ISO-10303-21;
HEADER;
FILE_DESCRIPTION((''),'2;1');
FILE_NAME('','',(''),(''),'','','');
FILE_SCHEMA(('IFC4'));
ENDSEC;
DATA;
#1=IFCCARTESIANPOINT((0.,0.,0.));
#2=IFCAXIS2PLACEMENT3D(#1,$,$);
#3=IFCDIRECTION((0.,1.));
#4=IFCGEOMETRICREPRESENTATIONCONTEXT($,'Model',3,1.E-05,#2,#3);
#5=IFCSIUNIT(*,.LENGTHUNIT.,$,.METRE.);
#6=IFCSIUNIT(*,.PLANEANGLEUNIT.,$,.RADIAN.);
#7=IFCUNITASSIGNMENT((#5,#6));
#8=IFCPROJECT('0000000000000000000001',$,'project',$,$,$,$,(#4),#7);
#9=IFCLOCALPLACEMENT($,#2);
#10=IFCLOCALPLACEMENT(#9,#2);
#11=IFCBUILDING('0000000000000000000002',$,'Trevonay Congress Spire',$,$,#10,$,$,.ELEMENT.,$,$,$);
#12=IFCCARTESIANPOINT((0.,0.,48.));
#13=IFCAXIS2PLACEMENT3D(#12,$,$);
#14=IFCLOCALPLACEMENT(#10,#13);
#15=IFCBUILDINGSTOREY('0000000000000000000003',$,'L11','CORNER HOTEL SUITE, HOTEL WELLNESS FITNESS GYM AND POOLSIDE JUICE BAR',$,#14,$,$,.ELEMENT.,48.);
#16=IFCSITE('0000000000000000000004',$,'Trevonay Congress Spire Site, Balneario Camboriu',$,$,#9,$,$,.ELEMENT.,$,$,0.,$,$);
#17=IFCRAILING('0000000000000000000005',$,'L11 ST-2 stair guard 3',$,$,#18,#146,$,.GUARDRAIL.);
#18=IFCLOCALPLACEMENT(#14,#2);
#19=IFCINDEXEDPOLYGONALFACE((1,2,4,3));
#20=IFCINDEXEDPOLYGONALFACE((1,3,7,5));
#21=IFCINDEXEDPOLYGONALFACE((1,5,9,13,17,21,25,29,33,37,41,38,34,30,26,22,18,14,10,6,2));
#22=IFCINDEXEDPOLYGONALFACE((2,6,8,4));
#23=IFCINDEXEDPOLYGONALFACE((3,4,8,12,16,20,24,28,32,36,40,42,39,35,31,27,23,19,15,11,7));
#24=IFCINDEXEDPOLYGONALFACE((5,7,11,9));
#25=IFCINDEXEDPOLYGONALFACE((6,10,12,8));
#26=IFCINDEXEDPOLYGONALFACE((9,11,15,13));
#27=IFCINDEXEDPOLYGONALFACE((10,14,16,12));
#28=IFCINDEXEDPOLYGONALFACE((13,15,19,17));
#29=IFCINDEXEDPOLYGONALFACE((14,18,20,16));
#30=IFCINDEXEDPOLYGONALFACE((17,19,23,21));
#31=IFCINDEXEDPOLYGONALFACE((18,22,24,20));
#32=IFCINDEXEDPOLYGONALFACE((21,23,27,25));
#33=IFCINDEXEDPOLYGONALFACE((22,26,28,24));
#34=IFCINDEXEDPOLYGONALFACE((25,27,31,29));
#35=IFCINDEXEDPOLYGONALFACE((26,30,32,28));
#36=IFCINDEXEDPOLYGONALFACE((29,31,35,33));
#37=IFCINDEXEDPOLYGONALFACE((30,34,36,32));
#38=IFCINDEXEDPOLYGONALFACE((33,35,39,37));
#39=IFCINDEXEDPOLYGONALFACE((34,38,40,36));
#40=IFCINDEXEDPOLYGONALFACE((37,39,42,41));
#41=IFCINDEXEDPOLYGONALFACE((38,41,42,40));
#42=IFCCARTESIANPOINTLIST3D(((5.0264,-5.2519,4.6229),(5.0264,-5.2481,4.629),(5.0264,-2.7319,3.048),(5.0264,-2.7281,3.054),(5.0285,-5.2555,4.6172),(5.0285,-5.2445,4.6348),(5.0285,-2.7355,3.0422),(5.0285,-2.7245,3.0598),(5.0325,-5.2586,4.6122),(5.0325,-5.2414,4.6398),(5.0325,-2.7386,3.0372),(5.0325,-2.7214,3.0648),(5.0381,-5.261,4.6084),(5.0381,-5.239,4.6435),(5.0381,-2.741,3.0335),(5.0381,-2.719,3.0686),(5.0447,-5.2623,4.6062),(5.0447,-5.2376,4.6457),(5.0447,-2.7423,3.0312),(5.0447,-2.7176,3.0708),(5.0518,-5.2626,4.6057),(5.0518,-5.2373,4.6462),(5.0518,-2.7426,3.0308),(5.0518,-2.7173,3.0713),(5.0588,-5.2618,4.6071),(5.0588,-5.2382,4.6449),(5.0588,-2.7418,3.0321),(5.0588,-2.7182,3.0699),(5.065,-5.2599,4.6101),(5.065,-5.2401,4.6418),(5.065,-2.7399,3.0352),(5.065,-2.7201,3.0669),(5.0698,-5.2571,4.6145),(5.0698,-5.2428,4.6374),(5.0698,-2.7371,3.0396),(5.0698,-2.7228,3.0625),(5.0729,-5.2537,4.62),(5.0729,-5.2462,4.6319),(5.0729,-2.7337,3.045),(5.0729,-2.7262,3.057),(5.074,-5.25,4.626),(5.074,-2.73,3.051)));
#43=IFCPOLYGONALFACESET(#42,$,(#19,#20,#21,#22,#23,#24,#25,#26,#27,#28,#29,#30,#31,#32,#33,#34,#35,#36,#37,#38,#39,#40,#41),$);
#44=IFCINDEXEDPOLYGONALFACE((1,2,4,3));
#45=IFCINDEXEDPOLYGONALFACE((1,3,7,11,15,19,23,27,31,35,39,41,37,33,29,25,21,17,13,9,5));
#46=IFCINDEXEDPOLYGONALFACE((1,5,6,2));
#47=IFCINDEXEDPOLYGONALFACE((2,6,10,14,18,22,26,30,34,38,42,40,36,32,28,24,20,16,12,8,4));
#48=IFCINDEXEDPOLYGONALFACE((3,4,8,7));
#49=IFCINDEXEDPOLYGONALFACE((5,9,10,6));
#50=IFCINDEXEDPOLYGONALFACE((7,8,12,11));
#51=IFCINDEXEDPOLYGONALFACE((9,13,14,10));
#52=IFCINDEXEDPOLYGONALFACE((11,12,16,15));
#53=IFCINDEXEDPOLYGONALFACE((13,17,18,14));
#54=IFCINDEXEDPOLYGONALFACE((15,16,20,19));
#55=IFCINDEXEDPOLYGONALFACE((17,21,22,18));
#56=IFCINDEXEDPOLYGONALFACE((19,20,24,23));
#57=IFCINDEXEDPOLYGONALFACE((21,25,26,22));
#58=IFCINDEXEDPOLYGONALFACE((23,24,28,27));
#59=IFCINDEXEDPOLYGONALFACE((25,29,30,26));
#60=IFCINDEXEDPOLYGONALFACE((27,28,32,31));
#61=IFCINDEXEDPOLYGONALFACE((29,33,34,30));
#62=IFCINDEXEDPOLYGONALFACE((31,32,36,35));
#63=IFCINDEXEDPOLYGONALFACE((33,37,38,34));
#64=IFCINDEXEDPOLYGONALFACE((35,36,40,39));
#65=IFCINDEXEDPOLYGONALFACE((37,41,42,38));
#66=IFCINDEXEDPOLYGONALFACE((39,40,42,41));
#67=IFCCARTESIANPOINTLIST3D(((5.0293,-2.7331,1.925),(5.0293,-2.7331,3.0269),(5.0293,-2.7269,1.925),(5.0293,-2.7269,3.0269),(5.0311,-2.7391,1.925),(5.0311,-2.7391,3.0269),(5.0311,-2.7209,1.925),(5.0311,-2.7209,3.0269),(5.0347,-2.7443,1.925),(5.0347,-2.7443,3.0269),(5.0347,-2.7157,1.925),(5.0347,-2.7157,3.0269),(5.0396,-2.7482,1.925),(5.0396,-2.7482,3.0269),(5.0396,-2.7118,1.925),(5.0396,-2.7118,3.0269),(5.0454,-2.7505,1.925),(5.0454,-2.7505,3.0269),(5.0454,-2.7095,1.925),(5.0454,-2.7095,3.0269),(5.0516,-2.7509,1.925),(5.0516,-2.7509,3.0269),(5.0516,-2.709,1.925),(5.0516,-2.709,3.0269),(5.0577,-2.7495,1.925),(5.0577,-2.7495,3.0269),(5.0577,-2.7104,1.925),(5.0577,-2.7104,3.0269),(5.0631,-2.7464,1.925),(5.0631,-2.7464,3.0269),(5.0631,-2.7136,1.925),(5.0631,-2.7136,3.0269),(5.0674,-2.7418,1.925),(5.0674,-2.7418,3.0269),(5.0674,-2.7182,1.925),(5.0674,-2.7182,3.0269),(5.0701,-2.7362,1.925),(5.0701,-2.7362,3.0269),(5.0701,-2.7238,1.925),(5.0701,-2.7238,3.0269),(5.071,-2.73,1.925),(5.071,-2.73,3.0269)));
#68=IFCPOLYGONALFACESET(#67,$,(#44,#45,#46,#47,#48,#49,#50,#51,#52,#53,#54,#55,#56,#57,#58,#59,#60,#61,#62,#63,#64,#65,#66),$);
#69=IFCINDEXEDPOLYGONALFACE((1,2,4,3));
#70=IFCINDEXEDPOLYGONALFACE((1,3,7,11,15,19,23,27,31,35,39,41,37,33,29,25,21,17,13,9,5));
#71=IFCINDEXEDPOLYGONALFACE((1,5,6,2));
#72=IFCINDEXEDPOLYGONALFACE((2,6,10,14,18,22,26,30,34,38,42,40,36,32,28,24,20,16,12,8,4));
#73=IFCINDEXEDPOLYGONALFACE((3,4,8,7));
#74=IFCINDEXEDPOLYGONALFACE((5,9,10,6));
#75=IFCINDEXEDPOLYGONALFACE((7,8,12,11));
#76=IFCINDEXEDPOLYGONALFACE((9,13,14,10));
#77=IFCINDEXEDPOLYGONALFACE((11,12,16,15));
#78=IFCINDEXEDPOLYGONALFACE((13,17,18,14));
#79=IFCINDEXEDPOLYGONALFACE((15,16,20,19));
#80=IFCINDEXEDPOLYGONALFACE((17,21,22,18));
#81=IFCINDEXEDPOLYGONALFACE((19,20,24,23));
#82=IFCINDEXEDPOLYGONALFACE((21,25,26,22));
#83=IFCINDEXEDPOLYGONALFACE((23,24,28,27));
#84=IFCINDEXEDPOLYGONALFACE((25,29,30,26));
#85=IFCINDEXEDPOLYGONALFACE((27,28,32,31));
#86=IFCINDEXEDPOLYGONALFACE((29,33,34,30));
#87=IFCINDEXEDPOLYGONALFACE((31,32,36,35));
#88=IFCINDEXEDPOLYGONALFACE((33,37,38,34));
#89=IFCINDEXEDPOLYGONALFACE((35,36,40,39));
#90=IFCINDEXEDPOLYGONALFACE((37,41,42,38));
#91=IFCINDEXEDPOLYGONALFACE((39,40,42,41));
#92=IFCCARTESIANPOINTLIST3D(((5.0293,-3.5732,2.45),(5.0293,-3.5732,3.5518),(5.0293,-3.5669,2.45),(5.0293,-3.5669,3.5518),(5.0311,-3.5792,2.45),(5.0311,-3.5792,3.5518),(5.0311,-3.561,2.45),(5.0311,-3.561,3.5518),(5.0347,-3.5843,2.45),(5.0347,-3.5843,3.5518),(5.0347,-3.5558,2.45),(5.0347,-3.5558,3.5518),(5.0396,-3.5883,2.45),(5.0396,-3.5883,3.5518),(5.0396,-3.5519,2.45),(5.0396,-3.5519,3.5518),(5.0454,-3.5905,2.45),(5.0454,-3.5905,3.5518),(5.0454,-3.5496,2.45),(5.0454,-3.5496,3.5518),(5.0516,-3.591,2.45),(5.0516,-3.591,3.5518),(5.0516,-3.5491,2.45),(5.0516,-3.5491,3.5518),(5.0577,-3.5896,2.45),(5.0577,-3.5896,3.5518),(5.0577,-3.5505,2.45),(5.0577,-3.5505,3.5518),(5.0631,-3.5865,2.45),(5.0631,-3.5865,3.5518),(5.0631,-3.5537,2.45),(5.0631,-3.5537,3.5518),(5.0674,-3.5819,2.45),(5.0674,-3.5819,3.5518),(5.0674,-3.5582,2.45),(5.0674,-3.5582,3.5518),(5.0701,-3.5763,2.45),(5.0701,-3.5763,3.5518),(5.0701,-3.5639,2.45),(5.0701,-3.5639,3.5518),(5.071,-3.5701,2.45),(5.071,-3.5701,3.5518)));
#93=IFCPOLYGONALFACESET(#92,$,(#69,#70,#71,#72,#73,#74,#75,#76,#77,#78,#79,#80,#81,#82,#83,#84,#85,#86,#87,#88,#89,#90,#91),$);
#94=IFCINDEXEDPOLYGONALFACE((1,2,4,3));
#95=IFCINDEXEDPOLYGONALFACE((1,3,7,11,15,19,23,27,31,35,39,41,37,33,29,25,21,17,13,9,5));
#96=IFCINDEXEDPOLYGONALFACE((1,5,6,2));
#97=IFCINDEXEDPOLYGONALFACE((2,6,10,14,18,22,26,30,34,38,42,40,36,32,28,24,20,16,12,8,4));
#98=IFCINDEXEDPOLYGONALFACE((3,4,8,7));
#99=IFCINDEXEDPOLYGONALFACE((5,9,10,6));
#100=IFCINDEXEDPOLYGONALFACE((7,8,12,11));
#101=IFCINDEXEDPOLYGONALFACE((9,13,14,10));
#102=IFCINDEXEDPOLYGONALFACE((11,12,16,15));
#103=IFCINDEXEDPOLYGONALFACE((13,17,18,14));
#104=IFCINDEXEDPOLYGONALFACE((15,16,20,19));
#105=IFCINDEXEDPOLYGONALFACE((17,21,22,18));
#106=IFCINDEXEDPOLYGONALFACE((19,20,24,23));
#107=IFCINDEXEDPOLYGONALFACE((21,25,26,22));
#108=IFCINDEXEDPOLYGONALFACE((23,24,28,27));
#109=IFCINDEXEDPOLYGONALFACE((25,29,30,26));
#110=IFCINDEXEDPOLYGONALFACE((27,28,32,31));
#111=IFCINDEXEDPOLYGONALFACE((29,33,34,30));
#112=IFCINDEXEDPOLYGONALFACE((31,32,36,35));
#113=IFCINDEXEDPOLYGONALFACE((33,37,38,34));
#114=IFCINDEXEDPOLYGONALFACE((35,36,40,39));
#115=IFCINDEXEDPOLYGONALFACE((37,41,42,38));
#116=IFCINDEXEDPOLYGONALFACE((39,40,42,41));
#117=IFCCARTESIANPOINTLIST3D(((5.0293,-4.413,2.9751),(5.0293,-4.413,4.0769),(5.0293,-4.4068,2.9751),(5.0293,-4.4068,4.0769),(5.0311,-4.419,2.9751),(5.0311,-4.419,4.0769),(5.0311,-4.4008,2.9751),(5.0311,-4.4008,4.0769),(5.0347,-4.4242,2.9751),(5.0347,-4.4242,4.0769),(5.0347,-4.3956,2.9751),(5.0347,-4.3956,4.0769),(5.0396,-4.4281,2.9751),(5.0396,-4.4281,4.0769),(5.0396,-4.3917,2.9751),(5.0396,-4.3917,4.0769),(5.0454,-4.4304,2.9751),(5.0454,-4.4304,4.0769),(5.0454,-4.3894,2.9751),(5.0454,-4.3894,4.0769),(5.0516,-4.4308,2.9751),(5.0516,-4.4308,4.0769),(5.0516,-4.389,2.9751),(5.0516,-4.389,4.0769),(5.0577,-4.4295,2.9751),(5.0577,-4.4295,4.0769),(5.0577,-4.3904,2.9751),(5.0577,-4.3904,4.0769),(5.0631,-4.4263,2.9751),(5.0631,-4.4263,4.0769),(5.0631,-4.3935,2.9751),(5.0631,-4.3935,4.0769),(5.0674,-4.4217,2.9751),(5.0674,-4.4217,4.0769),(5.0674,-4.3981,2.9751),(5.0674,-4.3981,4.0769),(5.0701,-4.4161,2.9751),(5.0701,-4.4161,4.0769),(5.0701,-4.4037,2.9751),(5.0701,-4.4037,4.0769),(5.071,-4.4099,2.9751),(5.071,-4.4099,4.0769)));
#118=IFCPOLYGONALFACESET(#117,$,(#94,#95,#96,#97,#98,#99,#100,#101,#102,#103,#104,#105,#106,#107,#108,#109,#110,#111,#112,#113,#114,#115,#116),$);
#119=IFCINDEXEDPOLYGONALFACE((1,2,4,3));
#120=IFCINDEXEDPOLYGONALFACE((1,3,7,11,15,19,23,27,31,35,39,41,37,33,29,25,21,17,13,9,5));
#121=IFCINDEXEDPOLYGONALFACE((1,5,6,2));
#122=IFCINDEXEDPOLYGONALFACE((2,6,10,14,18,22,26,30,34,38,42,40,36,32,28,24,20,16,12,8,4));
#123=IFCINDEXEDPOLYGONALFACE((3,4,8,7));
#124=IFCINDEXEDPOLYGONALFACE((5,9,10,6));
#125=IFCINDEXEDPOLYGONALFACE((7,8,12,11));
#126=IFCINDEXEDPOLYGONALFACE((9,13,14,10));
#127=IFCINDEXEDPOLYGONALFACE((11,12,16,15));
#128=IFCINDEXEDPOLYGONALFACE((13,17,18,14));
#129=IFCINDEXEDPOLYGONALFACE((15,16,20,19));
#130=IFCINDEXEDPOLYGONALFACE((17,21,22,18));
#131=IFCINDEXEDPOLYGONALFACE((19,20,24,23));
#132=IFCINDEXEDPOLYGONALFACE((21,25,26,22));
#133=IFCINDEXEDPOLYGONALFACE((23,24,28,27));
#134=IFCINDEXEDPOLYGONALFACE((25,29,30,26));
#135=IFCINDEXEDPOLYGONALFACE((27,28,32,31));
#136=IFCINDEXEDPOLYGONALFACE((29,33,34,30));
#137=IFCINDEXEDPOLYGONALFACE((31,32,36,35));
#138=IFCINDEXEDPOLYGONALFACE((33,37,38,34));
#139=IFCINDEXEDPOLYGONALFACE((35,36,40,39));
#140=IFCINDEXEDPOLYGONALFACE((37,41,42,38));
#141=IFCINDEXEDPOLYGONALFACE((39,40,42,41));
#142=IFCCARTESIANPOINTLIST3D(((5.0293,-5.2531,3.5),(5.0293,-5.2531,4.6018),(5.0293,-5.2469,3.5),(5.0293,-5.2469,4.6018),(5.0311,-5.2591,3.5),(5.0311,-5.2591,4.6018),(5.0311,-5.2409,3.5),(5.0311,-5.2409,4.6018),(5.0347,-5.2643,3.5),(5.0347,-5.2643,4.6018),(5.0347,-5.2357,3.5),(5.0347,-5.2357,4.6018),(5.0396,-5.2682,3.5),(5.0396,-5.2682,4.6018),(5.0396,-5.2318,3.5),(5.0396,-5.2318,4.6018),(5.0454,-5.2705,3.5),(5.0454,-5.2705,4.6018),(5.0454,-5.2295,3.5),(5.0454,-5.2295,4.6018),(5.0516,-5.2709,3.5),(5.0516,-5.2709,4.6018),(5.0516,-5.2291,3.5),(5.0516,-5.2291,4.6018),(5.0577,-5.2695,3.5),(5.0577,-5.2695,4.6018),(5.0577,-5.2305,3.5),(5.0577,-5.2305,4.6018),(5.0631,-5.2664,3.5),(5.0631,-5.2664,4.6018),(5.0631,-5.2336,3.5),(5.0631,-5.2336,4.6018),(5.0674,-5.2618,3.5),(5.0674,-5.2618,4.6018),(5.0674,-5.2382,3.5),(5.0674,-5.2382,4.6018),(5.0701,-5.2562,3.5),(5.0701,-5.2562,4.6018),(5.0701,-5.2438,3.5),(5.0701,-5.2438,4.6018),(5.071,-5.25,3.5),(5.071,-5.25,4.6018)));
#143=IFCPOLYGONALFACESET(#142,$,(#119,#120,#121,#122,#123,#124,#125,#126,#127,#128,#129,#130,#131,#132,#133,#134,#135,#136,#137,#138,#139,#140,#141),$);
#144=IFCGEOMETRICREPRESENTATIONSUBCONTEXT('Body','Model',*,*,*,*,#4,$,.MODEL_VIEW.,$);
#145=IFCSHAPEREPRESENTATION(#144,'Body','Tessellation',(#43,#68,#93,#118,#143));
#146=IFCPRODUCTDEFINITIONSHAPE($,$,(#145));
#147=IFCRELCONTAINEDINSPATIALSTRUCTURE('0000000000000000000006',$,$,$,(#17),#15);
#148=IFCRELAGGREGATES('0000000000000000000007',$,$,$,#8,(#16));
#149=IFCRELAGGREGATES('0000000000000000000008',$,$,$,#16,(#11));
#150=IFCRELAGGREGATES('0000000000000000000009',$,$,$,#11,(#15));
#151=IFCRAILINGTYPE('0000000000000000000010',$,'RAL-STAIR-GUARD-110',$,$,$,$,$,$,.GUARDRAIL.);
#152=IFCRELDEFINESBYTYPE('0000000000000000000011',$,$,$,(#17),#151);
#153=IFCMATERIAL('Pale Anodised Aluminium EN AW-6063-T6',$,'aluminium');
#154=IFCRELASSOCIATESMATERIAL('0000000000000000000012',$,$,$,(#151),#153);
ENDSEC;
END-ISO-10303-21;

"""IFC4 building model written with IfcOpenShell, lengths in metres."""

from ifc_helpers import new_model, si_unit, direction, frame, origin, origin_2d, place, context, subcontext, project, spatial, circle, extrude, material, type_object, element, save


model = new_model("IFC4")

# Units and contexts
model_context = context("Model", 3, precision=1e-05, world=origin(), true_north=direction((0.0, 1.0)))
body_context = subcontext(model_context, "Body", "Model", "MODEL_VIEW")
ifc_project = project(units=[si_unit("LENGTHUNIT", "METRE"), si_unit("PLANEANGLEUNIT", "RADIAN")], contexts=[model_context])

# Site, building, storey
site_placement = place(None, origin())
site = spatial("IfcSite", under=ifc_project, at=site_placement, Name="Trevonay Congress Spire Site, Balneario Camboriu", CompositionType="ELEMENT", RefElevation=0.0)
building_placement = place(site_placement, origin())
building = spatial("IfcBuilding", under=site, at=building_placement, Name="Trevonay Congress Spire", CompositionType="ELEMENT")
storey_placement = place(building_placement, frame((0.0, 0.0, 48.0)))
storey = spatial("IfcBuildingStorey", under=building, at=storey_placement, Name="L11", Description="CORNER HOTEL SUITE, HOTEL WELLNESS FITNESS GYM AND POOLSIDE JUICE BAR", CompositionType="ELEMENT", Elevation=48.0)

# Railing
ifc_material_1 = material(Name="Pale Anodised Aluminium EN AW-6063-T6", Category="aluminium")
railing_type_1 = type_object("IfcRailingType", Name="RAL-STAIR-GUARD-110", PredefinedType="GUARDRAIL", material=ifc_material_1)
railing_1_placement = place(storey_placement, frame((5.05, -2.73, 1.925)))
element("IfcRailing", 1, at=railing_1_placement, inside=storey, type_object=railing_type_1, Name="L11 ST-2 stair guard 3", PredefinedType="GUARDRAIL", context=body_context, shape_type="SweptSolid", body=[
    extrude(circle(Radius=0.0239, at=origin_2d()), frame((0.0, 0.0, 1.126), z_axis=(0.0, -0.848008, 0.529984), x_axis=(1.0, 0.0, 0.0)), (0.0, 0.0, 1.0), 2.9717),
    extrude(circle(Radius=0.021, at=origin_2d()), origin(), (0.0, 0.0, 1.0), 1.1018),
    extrude(circle(Radius=0.021, at=origin_2d()), frame((0.0, -0.8401, 0.5249)), (0.0, 0.0, 1.0), 1.1018),
    extrude(circle(Radius=0.021, at=origin_2d()), frame((0.0, -1.6799, 1.05)), (0.0, 0.0, 1.0), 1.1018),
    extrude(circle(Radius=0.021, at=origin_2d()), frame((0.0, -2.52, 1.575)), (0.0, 0.0, 1.0), 1.1018),
])

save(model, "model.ifc")
